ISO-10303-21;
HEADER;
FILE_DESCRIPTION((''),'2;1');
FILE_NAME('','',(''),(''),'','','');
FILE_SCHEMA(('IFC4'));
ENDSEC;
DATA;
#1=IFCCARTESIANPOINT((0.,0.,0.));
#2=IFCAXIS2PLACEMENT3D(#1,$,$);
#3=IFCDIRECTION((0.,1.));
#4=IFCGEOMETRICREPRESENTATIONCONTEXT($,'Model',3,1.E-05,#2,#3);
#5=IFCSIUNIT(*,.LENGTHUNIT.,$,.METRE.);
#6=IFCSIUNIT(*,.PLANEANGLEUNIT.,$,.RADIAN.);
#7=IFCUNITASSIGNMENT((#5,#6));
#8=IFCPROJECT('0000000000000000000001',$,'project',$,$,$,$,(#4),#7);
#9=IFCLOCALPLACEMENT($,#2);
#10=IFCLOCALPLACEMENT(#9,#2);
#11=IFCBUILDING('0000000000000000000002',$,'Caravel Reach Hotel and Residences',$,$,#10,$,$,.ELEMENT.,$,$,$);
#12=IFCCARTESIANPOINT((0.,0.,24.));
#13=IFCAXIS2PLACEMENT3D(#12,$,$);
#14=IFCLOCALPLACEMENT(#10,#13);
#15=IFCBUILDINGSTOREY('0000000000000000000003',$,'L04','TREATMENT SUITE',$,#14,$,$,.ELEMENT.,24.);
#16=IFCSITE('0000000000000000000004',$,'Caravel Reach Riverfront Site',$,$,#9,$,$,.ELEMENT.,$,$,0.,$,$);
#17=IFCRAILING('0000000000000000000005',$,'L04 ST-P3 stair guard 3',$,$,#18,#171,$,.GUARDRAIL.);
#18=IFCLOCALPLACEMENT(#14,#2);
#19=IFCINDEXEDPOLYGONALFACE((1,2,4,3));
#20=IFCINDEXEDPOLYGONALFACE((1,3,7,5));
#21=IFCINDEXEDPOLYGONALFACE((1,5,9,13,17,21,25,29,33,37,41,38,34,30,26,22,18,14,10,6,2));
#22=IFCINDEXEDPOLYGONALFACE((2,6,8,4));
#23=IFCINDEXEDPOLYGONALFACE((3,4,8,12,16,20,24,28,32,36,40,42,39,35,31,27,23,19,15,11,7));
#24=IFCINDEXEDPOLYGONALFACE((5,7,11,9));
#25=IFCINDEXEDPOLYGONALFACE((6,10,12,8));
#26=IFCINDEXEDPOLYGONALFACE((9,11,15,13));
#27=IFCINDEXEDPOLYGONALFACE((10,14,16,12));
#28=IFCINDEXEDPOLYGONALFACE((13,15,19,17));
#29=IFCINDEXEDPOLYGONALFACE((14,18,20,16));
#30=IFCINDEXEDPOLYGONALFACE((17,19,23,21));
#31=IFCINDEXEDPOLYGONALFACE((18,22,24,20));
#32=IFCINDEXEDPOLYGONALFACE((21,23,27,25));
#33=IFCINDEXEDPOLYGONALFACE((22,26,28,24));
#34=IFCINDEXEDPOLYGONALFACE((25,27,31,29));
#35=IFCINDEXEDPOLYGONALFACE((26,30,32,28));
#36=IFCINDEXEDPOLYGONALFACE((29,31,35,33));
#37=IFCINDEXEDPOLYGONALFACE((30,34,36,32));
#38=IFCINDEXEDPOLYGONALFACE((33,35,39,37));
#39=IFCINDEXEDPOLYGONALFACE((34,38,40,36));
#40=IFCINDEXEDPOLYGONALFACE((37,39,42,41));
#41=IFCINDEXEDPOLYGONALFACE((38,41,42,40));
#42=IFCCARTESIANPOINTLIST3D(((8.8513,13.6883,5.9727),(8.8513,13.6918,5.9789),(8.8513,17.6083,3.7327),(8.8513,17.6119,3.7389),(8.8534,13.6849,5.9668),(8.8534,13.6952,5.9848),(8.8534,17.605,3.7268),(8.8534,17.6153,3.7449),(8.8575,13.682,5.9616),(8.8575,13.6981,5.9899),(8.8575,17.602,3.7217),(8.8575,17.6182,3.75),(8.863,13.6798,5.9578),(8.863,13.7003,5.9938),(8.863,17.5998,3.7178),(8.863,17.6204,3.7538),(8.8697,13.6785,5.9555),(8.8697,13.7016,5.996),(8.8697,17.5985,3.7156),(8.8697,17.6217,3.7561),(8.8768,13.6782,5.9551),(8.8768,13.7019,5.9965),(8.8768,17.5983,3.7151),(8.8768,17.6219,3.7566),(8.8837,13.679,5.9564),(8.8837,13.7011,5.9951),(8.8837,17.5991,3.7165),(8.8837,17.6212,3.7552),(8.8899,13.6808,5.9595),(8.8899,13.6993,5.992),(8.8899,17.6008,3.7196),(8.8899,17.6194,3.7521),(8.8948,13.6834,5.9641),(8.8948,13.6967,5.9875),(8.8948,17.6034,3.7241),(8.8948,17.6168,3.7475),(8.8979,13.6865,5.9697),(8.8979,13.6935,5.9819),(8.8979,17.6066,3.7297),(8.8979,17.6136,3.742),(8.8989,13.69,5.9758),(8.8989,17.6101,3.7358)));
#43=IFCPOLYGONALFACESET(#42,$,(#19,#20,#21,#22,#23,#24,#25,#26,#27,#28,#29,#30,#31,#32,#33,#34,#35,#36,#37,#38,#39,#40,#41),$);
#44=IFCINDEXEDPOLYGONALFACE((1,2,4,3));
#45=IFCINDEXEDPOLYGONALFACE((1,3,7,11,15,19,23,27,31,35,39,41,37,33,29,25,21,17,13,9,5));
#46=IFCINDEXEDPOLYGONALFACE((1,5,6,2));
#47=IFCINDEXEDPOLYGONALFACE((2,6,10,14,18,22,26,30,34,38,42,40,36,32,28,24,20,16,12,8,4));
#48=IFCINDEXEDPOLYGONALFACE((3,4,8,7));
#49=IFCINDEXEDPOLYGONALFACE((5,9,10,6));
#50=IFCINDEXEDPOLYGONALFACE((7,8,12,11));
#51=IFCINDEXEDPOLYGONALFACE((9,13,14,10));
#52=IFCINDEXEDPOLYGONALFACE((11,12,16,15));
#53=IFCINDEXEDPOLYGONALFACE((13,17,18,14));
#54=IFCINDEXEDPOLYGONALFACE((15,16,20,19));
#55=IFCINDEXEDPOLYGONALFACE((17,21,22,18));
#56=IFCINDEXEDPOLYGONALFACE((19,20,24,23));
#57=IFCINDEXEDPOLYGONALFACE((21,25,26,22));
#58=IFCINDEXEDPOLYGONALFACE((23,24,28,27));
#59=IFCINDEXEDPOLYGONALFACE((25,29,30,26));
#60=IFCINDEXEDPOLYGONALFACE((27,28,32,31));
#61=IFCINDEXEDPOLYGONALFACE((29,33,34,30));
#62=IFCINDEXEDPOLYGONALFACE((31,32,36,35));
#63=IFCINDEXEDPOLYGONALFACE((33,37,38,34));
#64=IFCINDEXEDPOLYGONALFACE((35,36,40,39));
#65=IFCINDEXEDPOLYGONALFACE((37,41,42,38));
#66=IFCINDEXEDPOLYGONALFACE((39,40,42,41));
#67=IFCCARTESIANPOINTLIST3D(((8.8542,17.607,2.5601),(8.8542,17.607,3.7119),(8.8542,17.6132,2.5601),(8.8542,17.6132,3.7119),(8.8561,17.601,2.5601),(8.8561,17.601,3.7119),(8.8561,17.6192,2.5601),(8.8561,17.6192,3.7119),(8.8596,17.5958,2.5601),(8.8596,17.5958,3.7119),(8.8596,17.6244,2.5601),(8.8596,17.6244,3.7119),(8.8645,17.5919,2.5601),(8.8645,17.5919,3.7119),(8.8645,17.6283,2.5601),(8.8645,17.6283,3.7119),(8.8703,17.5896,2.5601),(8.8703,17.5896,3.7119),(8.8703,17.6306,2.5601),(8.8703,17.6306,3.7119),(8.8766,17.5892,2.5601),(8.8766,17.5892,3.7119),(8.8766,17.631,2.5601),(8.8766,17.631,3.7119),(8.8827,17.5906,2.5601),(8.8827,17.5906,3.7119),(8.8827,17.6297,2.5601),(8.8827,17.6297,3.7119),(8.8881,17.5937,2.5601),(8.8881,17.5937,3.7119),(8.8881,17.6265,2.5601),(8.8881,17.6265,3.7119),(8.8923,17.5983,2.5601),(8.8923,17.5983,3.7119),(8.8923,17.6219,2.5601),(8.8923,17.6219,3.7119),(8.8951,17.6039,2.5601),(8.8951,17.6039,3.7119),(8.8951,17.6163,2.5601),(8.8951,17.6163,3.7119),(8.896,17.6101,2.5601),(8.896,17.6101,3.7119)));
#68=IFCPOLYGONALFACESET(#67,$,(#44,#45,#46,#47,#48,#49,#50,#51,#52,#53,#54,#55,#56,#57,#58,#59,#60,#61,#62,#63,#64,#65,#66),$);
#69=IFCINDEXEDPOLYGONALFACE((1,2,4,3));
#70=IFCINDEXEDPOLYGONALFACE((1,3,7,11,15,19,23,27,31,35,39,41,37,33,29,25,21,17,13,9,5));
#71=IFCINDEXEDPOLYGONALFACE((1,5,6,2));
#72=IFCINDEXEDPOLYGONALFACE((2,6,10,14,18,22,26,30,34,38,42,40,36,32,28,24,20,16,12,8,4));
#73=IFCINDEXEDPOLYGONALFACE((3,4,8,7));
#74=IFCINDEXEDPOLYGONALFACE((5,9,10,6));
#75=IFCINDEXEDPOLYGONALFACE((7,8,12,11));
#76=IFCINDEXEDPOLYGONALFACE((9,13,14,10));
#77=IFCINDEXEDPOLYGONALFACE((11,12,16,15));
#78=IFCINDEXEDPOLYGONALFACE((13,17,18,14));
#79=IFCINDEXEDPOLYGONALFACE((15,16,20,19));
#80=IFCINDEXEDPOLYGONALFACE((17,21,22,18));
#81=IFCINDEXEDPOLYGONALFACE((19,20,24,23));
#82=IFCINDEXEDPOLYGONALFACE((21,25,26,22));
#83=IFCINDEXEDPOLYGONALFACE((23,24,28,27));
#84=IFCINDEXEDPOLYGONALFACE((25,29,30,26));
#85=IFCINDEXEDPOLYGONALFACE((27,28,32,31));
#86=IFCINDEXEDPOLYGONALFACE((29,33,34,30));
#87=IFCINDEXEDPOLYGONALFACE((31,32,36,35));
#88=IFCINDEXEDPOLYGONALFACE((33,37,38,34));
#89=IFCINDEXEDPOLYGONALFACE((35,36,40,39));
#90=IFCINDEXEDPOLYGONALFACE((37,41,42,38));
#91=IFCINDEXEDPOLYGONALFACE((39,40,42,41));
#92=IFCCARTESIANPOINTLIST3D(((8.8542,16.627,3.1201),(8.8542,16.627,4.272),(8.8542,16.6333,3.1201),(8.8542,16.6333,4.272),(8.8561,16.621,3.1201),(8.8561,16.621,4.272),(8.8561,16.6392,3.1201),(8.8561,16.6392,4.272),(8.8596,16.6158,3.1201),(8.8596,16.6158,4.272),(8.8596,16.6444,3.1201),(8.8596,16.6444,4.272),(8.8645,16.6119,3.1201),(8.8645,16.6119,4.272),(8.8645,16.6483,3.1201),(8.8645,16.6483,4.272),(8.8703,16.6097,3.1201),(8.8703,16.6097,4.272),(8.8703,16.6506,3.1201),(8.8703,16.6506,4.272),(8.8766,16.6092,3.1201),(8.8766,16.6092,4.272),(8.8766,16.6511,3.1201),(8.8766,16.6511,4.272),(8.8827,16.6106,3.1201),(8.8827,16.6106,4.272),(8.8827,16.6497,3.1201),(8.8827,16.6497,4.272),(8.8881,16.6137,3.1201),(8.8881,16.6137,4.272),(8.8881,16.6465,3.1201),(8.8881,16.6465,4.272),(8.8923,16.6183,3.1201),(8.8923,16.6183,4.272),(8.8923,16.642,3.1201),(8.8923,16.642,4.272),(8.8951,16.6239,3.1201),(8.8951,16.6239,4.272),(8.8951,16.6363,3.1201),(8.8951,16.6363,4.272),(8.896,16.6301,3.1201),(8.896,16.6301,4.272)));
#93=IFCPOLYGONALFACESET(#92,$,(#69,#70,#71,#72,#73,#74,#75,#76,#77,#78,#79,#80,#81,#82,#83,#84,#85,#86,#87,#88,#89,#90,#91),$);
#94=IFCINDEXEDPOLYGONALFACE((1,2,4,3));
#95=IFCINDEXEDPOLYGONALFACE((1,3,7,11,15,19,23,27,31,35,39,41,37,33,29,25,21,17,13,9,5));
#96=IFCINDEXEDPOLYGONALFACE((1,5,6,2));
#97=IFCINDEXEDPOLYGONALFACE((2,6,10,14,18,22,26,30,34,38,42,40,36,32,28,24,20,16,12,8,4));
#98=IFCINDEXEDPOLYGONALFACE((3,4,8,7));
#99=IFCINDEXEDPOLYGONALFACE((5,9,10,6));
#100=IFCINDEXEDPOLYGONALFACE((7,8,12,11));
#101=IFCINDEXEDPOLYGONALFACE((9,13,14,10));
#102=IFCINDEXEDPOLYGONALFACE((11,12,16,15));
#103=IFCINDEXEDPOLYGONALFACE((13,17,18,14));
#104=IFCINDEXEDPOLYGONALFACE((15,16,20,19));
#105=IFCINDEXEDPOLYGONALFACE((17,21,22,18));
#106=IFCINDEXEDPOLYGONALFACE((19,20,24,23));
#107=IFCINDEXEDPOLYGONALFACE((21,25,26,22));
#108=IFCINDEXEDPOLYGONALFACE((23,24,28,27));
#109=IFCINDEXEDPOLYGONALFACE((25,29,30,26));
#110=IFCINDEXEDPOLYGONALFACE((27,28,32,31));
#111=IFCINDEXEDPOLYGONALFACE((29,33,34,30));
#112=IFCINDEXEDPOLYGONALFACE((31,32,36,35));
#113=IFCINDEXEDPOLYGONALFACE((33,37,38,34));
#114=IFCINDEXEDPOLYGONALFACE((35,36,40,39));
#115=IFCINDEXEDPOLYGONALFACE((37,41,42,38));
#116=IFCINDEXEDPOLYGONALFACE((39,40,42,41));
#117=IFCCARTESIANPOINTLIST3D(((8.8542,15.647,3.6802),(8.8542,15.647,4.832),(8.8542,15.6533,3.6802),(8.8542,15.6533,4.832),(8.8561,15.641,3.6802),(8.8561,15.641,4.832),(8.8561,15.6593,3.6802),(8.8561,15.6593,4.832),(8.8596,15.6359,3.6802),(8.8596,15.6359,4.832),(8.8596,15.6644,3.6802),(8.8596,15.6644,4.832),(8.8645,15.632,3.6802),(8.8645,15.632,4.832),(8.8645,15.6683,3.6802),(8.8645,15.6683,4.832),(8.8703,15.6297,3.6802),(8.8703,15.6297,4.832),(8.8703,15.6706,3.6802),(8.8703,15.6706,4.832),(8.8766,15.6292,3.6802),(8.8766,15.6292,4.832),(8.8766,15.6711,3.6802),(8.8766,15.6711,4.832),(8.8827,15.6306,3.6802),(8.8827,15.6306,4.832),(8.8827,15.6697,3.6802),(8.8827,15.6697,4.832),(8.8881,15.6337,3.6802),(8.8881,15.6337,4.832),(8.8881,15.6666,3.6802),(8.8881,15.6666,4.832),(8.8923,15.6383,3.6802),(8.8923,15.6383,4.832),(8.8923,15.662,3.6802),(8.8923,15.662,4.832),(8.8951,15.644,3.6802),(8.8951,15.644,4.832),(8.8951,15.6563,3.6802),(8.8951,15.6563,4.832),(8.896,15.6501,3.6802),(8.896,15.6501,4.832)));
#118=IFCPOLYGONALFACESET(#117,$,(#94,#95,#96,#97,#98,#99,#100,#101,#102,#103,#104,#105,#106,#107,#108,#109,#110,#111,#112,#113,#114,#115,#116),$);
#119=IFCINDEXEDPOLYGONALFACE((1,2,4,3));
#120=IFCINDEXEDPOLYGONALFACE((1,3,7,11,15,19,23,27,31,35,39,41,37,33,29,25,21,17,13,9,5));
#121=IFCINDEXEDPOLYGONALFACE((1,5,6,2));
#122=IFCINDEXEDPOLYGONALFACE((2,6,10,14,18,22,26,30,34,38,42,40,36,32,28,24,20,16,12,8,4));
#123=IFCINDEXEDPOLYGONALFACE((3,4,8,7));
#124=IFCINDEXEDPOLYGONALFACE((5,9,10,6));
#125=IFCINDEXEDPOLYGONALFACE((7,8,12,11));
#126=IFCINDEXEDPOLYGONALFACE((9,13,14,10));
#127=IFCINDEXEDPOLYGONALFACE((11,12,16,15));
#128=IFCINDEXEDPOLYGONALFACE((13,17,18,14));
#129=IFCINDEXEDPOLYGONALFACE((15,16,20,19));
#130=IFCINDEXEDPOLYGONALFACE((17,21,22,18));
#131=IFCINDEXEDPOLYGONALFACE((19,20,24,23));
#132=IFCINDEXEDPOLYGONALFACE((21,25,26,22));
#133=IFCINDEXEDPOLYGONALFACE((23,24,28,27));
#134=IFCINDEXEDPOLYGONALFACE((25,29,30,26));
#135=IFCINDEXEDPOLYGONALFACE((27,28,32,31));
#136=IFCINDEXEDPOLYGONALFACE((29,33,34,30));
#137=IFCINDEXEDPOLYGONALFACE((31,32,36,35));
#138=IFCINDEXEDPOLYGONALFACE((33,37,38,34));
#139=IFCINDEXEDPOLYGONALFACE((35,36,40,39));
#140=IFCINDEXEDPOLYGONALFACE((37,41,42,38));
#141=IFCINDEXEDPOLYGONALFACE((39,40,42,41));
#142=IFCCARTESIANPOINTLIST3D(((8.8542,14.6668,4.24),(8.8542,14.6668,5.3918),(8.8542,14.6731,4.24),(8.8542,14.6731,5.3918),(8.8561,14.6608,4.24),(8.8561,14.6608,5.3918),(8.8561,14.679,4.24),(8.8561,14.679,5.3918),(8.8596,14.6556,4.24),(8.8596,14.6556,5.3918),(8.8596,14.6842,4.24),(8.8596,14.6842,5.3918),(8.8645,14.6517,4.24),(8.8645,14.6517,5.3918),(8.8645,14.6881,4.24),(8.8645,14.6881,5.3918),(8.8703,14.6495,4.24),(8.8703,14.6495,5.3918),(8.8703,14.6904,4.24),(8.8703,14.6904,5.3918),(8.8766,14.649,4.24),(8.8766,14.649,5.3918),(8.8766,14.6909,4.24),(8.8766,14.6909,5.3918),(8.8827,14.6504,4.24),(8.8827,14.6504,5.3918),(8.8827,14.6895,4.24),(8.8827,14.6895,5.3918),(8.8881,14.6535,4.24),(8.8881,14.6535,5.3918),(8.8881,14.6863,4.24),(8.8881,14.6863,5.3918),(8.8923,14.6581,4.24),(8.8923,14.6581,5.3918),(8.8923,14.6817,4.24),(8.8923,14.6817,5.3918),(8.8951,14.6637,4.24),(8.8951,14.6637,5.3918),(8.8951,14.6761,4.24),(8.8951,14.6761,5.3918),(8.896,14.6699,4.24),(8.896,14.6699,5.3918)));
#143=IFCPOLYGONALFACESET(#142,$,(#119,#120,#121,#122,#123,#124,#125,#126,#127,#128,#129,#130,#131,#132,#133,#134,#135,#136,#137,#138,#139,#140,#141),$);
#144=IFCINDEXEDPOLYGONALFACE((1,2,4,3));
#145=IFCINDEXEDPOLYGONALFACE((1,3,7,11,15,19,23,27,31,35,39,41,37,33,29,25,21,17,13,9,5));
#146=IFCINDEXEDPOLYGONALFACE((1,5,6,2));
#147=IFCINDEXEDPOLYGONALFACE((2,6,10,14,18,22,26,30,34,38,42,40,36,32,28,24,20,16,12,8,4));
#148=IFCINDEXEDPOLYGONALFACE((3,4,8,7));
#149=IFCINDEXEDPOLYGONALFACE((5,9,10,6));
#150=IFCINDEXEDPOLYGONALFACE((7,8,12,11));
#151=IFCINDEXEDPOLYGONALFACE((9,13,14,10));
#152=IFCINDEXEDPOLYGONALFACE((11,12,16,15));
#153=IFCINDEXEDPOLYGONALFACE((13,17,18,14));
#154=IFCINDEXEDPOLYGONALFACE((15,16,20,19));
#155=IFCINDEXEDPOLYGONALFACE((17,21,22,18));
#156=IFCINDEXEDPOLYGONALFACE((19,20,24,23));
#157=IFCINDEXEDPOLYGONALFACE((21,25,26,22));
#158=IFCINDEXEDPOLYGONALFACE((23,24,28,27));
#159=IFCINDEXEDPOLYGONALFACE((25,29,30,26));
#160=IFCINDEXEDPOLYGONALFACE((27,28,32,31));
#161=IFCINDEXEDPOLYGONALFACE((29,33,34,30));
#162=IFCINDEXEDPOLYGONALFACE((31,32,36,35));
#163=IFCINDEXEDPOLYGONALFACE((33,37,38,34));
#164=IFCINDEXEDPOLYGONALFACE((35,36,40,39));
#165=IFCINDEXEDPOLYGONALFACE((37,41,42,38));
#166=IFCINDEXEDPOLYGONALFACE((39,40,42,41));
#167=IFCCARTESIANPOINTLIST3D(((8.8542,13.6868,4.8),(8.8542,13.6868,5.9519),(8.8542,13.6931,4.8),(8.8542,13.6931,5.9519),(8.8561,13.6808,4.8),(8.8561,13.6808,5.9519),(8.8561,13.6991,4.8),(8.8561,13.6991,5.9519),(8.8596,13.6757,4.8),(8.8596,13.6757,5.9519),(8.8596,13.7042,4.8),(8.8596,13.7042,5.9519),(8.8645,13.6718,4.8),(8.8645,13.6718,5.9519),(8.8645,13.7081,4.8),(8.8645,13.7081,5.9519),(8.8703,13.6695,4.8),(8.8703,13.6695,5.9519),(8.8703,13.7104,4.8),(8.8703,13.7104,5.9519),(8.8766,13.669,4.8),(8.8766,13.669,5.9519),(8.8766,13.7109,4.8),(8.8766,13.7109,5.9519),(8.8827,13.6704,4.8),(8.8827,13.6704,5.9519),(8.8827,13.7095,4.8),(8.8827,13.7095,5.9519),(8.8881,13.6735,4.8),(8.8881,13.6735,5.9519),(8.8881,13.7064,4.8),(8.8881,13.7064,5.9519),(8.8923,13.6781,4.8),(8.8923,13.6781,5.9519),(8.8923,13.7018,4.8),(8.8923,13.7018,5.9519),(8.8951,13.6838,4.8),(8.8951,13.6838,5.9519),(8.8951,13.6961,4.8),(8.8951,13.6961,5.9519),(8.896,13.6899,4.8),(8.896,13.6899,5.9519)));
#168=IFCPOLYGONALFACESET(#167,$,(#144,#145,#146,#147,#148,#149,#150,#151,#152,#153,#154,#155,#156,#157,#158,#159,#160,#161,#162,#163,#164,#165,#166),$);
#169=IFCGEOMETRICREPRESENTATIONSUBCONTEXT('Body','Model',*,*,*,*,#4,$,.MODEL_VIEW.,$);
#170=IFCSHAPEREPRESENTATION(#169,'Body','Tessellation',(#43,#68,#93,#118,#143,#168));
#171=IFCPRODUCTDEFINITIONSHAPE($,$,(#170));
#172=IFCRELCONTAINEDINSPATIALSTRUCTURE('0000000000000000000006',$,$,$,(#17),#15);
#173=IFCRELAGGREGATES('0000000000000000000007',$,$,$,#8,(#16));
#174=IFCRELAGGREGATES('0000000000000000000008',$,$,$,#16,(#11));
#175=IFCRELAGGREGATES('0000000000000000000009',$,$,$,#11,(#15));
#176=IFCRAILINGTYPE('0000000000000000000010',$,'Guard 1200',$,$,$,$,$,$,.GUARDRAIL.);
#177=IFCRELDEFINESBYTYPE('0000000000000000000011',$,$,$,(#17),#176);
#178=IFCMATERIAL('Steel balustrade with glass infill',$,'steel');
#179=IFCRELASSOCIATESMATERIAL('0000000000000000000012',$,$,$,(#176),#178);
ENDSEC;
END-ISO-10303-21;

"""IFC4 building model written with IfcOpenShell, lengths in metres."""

from ifc_helpers import new_model, si_unit, direction, frame, origin, origin_2d, place, context, subcontext, project, spatial, circle, extrude, material, type_object, element, save


model = new_model("IFC4")

# Units and contexts
model_context = context("Model", 3, precision=1e-05, world=origin(), true_north=direction((0.0, 1.0)))
body_context = subcontext(model_context, "Body", "Model", "MODEL_VIEW")
ifc_project = project(units=[si_unit("LENGTHUNIT", "METRE"), si_unit("PLANEANGLEUNIT", "RADIAN")], contexts=[model_context])

# Site, building, storey
site_placement = place(None, origin())
site = spatial("IfcSite", under=ifc_project, at=site_placement, Name="Caravel Reach Riverfront Site", CompositionType="ELEMENT", RefElevation=0.0)
building_placement = place(site_placement, origin())
building = spatial("IfcBuilding", under=site, at=building_placement, Name="Caravel Reach Hotel and Residences", CompositionType="ELEMENT")
storey_placement = place(building_placement, frame((0.0, 0.0, 24.0)))
storey = spatial("IfcBuildingStorey", under=building, at=storey_placement, Name="L04", Description="TREATMENT SUITE", CompositionType="ELEMENT", Elevation=24.0)

# Railing
ifc_material_1 = material(Name="Steel balustrade with glass infill", Category="steel")
railing_type_1 = type_object("IfcRailingType", Name="Guard 1200", PredefinedType="GUARDRAIL", material=ifc_material_1)
railing_1_placement = place(storey_placement, frame((8.875, 17.6101, 2.5601)))
element("IfcRailing", 1, at=railing_1_placement, inside=storey, type_object=railing_type_1, Name="L04 ST-P3 stair guard 3", PredefinedType="GUARDRAIL", context=body_context, shape_type="SweptSolid", body=[
    extrude(circle(Radius=0.0239, at=origin_2d()), frame((0.0, 0.0, 1.1758), z_axis=(0.0, -0.868253, 0.496121), x_axis=(1.0, 0.0, 0.0)), (0.0, 0.0, 1.0), 4.5149),
    extrude(circle(Radius=0.021, at=origin_2d()), origin(), (0.0, 0.0, 1.0), 1.1519),
    extrude(circle(Radius=0.021, at=origin_2d()), frame((0.0, -0.98, 0.5601)), (0.0, 0.0, 1.0), 1.1519),
    extrude(circle(Radius=0.021, at=origin_2d()), frame((0.0, -1.96, 1.1201)), (0.0, 0.0, 1.0), 1.1519),
    extrude(circle(Radius=0.021, at=origin_2d()), frame((0.0, -2.9402, 1.6799)), (0.0, 0.0, 1.0), 1.1519),
    extrude(circle(Radius=0.021, at=origin_2d()), frame((0.0, -3.9202, 2.24)), (0.0, 0.0, 1.0), 1.1519),
])

save(model, "model.ifc")
